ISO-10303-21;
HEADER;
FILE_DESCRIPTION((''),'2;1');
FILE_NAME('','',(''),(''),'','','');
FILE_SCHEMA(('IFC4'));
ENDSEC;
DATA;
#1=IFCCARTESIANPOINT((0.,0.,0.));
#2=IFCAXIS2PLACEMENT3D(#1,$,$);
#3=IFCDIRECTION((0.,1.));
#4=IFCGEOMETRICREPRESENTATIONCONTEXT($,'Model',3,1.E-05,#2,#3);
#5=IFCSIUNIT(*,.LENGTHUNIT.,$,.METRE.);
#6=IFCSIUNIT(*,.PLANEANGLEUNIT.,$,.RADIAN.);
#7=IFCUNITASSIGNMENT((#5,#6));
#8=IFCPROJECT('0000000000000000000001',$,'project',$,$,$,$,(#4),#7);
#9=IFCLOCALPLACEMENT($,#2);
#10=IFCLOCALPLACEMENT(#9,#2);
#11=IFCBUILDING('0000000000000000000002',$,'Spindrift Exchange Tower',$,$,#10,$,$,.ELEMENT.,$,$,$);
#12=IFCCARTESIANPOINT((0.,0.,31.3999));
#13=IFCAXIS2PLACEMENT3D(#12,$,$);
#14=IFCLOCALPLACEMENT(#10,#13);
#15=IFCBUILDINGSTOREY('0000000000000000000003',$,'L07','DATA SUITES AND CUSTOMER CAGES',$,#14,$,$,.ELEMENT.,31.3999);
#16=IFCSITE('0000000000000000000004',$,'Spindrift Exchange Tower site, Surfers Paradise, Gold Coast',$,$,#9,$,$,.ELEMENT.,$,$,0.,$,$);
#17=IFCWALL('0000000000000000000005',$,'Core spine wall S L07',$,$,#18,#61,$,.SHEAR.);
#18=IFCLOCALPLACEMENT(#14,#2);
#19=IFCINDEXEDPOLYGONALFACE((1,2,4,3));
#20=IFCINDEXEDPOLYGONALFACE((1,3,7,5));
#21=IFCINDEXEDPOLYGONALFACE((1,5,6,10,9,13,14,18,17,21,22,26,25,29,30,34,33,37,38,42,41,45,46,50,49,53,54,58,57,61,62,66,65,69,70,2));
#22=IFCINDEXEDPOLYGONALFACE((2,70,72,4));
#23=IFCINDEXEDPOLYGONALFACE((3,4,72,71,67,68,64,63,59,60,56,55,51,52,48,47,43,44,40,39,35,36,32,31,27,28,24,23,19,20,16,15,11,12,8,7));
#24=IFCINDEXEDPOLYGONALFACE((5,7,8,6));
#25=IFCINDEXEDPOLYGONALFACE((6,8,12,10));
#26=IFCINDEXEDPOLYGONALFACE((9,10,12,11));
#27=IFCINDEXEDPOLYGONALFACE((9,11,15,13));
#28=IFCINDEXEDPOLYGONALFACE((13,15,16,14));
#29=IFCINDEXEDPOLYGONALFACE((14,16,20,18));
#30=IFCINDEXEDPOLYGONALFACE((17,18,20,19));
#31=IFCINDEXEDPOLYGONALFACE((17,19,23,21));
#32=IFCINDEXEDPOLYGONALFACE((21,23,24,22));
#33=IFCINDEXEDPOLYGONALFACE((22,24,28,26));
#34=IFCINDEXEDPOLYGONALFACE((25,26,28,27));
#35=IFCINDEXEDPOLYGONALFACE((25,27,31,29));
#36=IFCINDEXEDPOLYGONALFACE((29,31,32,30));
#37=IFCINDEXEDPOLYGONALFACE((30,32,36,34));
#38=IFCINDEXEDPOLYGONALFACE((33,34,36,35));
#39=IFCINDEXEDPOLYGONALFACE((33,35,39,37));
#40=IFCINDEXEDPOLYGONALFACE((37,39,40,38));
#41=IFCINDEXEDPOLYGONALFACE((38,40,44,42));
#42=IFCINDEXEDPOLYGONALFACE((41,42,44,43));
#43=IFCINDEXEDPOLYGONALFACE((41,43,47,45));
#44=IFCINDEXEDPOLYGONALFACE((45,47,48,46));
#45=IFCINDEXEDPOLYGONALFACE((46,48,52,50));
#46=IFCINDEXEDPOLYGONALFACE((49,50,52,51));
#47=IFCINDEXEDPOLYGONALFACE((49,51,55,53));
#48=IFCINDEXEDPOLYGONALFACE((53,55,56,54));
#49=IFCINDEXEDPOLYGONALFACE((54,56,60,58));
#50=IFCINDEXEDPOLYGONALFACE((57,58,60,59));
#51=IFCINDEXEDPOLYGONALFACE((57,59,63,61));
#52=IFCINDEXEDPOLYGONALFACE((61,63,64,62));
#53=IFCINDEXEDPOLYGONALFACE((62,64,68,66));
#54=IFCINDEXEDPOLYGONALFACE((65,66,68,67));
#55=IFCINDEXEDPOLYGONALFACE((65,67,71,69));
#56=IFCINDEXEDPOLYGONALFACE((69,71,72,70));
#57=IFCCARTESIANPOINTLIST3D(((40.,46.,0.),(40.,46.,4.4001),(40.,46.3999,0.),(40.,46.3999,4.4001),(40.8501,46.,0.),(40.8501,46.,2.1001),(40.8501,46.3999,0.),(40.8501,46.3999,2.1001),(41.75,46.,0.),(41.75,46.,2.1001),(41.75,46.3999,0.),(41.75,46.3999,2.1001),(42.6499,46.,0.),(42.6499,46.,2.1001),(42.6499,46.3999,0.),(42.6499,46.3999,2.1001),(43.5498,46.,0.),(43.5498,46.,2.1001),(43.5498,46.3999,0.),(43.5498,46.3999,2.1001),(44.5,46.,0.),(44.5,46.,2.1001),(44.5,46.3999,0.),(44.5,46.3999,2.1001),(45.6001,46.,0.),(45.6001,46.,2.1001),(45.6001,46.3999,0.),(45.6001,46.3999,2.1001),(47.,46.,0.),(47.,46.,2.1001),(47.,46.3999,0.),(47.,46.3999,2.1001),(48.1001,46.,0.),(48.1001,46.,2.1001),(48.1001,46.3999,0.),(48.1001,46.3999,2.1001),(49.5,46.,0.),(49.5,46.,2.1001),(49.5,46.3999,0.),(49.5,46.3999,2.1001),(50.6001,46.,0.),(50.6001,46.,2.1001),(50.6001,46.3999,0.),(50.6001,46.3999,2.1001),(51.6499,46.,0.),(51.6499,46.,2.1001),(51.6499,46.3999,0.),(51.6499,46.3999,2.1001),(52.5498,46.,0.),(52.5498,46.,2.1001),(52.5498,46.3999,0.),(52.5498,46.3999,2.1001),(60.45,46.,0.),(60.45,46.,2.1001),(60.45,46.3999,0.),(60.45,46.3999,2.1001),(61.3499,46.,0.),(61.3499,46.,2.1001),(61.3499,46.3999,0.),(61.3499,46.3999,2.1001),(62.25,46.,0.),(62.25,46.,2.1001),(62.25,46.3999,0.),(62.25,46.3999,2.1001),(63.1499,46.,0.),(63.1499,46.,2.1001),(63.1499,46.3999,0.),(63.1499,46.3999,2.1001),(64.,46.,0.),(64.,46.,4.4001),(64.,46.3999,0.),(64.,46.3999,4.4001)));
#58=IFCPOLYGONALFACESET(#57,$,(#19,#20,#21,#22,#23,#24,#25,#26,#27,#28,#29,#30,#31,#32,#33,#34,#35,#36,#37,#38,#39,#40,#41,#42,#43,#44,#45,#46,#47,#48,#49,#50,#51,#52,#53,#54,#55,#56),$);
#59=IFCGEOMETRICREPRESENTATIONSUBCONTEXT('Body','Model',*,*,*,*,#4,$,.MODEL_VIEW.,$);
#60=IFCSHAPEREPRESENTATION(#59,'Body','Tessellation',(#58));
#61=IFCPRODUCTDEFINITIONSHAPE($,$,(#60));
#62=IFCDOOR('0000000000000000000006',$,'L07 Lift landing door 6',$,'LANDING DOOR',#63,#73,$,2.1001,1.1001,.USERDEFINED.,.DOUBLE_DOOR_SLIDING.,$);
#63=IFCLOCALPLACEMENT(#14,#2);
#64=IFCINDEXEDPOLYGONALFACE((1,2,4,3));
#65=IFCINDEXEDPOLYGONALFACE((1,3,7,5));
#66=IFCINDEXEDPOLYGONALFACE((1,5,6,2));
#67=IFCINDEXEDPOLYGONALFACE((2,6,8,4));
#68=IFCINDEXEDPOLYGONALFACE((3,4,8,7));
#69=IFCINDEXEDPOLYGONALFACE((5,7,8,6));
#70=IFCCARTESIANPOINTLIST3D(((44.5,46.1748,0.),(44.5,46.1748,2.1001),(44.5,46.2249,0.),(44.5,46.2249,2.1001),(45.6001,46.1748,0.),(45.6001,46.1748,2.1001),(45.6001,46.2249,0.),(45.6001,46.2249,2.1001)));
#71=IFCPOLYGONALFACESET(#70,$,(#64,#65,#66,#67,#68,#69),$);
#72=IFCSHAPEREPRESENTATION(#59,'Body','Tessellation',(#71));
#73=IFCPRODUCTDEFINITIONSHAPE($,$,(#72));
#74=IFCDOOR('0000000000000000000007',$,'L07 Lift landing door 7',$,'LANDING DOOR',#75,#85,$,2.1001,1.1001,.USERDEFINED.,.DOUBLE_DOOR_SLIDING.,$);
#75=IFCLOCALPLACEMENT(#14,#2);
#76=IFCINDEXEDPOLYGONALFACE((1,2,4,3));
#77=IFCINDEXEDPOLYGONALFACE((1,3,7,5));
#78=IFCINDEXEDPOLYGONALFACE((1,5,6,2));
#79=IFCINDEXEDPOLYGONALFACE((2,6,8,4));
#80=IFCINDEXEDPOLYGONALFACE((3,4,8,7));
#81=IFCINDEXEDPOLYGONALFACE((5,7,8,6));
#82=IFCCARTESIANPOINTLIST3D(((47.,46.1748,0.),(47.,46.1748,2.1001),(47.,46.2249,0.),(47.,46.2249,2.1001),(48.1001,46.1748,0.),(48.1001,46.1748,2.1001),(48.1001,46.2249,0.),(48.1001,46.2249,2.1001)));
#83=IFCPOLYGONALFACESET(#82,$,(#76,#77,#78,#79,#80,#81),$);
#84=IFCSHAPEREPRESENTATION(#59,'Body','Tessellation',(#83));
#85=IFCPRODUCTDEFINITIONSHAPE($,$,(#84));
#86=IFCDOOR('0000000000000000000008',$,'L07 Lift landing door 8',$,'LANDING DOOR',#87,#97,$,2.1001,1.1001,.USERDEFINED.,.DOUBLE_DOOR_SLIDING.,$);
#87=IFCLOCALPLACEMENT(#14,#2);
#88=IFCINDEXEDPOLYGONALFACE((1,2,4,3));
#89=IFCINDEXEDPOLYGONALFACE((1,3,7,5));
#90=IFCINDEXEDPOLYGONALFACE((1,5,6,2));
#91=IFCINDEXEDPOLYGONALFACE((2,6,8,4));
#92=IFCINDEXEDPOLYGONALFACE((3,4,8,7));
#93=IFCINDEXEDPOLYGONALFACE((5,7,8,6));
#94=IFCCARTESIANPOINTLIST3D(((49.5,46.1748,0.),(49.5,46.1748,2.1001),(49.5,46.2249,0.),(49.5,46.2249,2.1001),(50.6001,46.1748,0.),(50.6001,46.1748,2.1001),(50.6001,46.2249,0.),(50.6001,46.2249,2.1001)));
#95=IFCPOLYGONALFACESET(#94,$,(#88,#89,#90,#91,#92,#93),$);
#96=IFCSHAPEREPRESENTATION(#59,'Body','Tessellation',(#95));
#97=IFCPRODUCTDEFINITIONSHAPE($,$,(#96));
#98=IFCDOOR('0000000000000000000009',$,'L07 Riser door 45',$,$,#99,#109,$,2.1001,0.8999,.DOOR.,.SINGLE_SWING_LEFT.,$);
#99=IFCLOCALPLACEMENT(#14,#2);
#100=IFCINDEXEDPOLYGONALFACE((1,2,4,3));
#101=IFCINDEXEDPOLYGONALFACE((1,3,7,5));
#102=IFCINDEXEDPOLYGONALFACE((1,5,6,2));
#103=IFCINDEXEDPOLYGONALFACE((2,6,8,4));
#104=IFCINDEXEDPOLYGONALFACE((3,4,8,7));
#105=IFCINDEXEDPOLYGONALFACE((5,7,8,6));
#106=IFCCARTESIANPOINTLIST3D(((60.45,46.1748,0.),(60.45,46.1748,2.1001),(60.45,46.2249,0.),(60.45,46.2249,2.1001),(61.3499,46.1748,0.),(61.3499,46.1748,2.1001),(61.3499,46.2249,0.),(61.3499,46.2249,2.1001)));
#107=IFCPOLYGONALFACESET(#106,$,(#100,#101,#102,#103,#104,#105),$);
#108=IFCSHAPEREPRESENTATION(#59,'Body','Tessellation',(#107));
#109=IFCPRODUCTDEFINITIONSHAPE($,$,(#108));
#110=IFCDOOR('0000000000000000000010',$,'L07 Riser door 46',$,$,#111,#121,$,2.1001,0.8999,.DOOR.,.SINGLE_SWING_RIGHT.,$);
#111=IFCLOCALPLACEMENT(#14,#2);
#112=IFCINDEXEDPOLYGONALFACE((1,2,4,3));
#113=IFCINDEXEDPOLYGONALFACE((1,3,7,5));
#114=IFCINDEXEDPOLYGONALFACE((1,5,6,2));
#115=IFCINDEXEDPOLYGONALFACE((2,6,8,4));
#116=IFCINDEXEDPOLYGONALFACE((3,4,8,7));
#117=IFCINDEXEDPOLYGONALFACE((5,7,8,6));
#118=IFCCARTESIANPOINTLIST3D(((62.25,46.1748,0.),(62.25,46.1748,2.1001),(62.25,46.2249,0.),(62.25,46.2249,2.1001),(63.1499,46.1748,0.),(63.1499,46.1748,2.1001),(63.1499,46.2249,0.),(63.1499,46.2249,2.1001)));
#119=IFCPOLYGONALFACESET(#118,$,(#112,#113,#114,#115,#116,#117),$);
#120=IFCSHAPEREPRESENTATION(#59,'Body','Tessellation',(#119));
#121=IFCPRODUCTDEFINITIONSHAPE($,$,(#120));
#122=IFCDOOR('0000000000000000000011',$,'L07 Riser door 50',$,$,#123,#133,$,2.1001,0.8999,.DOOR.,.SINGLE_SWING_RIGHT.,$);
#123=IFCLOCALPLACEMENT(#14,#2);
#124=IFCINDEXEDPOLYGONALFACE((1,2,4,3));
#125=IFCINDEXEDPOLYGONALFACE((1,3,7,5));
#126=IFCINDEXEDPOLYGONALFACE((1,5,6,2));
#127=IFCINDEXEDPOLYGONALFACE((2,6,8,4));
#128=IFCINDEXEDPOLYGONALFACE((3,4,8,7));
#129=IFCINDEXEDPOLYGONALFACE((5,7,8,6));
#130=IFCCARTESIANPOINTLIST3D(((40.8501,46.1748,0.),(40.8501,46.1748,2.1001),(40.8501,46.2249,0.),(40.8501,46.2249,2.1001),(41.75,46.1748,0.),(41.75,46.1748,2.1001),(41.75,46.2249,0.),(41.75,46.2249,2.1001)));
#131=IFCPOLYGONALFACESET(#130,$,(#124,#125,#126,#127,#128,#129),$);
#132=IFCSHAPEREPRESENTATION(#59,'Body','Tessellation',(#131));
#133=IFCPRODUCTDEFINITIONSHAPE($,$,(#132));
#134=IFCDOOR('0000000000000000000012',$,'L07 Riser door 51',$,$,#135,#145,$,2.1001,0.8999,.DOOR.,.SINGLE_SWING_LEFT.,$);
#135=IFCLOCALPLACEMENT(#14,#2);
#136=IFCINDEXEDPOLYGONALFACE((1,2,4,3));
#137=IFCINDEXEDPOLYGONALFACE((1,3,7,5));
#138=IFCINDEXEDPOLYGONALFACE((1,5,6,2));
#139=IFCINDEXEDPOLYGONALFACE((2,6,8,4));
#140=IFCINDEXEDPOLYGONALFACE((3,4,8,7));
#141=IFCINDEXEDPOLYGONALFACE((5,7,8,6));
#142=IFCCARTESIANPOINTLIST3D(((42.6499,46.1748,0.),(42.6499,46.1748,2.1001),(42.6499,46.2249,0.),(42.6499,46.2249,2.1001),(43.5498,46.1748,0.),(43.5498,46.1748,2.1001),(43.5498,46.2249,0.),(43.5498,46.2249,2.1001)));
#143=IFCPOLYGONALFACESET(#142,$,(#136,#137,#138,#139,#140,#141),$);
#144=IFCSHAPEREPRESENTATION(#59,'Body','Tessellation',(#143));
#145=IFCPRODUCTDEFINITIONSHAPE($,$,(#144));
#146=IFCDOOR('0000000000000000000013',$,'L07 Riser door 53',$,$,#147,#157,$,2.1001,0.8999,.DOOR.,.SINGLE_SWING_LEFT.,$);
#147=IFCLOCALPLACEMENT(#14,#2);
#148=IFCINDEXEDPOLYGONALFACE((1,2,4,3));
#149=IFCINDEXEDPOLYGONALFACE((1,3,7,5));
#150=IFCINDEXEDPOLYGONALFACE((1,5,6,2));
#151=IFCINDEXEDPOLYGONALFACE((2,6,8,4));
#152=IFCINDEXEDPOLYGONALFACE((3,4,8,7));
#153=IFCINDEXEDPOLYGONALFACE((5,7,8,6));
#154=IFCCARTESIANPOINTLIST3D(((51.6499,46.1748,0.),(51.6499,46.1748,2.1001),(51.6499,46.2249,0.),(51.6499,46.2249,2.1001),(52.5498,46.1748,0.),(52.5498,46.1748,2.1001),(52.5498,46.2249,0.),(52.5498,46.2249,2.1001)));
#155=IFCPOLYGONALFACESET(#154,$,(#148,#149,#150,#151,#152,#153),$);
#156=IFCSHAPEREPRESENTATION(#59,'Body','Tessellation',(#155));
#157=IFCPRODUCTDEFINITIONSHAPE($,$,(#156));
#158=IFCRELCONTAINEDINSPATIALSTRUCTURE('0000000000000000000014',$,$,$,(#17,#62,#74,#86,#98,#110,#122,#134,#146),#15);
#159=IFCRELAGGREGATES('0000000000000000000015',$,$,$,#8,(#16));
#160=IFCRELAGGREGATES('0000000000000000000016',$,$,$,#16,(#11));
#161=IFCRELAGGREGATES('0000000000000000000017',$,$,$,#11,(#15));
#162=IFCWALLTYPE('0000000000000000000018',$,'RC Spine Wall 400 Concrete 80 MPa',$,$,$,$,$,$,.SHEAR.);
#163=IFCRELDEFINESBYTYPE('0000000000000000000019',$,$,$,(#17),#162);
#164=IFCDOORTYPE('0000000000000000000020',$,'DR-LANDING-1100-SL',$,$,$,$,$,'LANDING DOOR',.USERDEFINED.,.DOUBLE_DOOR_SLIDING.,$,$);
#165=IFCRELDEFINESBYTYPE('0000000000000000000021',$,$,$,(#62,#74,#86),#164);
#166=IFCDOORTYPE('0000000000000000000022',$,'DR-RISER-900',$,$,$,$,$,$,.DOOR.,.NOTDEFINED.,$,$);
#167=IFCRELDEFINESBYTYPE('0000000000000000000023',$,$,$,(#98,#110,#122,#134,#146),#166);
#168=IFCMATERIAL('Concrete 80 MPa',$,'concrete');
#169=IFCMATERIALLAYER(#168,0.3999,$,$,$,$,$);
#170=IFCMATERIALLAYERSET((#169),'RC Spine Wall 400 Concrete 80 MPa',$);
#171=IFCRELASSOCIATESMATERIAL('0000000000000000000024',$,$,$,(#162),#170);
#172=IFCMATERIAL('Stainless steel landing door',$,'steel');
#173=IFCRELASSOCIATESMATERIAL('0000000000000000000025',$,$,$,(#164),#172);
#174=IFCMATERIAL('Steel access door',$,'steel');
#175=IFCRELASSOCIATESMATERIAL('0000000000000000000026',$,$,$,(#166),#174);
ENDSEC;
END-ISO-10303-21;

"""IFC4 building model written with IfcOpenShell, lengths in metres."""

from ifc_helpers import new_model, si_unit, direction, frame, frame_2d, origin, place, context, subcontext, project, spatial, rectangle, extrude, source, transform, mapped, material, layer, layer_set, type_object, element, fill, save


model = new_model("IFC4")

# Units and contexts
model_context = context("Model", 3, precision=1e-05, world=origin(), true_north=direction((0.0, 1.0)))
body_context = subcontext(model_context, "Body", "Model", "MODEL_VIEW")
ifc_project = project(units=[si_unit("LENGTHUNIT", "METRE"), si_unit("PLANEANGLEUNIT", "RADIAN")], contexts=[model_context])

# Site, building, storey
site_placement = place(None, origin())
site = spatial("IfcSite", under=ifc_project, at=site_placement, Name="Spindrift Exchange Tower site, Surfers Paradise, Gold Coast", CompositionType="ELEMENT", RefElevation=0.0)
building_placement = place(site_placement, origin())
building = spatial("IfcBuilding", under=site, at=building_placement, Name="Spindrift Exchange Tower", CompositionType="ELEMENT")
storey_placement = place(building_placement, frame((0.0, 0.0, 31.3999)))
storey = spatial("IfcBuildingStorey", under=building, at=storey_placement, Name="L07", Description="DATA SUITES AND CUSTOMER CAGES", CompositionType="ELEMENT", Elevation=31.3999)

# Wall, openings, doors
ifc_material_1 = material(Name="Concrete 80 MPa", Category="concrete")
ifc_layer_1 = layer(ifc_material_1, 0.3999)
ifc_layer_set_1 = layer_set([ifc_layer_1], Name="RC Spine Wall 400 Concrete 80 MPa")
wall_type_1 = type_object("IfcWallType", Name="RC Spine Wall 400 Concrete 80 MPa", PredefinedType="SHEAR", material=ifc_layer_set_1)
wall_1_placement = place(storey_placement, frame((40.0, 46.2, 0.0), z_axis=(0.0, 0.0, 1.0), x_axis=(1.0, 0.0, 0.0)))
wall_1 = element("IfcWall", 1, at=wall_1_placement, inside=storey, type_object=wall_type_1, Name="Core spine wall S L07", PredefinedType="SHEAR", context=body_context, shape_type="SweptSolid", body=[
    extrude(rectangle(XDim=24.0, YDim=0.3999, at=frame_2d((12.0, 0.0))), origin(), (0.0, 0.0, 1.0), 4.4001),
])
opening_1_placement = place(wall_1_placement, frame((4.5, 0.0, 0.0)))
opening_1 = element("IfcOpeningElement", 2, at=opening_1_placement, cuts=wall_1, PredefinedType="OPENING", context=body_context, shape_type="SweptSolid", body=[
    extrude(rectangle(XDim=1.1001, YDim=2.1001, at=frame_2d((0.55, 1.05))), frame((0.0, 0.21, 0.0), z_axis=(0.0, -1.0, 0.0), x_axis=(1.0, 0.0, 0.0)), (0.0, 0.0, 1.0), 0.4199),
])
opening_2_placement = place(wall_1_placement, frame((7.0, 0.0, 0.0)))
opening_2 = element("IfcOpeningElement", 3, at=opening_2_placement, cuts=wall_1, PredefinedType="OPENING", context=body_context, shape_type="SweptSolid", body=[
    extrude(rectangle(XDim=1.1001, YDim=2.1001, at=frame_2d((0.55, 1.05))), frame((0.0, 0.21, 0.0), z_axis=(0.0, -1.0, 0.0), x_axis=(1.0, 0.0, 0.0)), (0.0, 0.0, 1.0), 0.4199),
])
opening_3_placement = place(wall_1_placement, frame((9.5, 0.0, 0.0)))
opening_3 = element("IfcOpeningElement", 4, at=opening_3_placement, cuts=wall_1, PredefinedType="OPENING", context=body_context, shape_type="SweptSolid", body=[
    extrude(rectangle(XDim=1.1001, YDim=2.1001, at=frame_2d((0.55, 1.05))), frame((0.0, 0.21, 0.0), z_axis=(0.0, -1.0, 0.0), x_axis=(1.0, 0.0, 0.0)), (0.0, 0.0, 1.0), 0.4199),
])
opening_4_placement = place(wall_1_placement, frame((20.45, 0.0, 0.0)))
opening_4 = element("IfcOpeningElement", 5, at=opening_4_placement, cuts=wall_1, PredefinedType="OPENING", context=body_context, shape_type="SweptSolid", body=[
    extrude(rectangle(XDim=0.8999, YDim=2.1001, at=frame_2d((0.45, 1.05))), frame((0.0, 0.21, 0.0), z_axis=(0.0, -1.0, 0.0), x_axis=(1.0, 0.0, 0.0)), (0.0, 0.0, 1.0), 0.4199),
])
opening_5_placement = place(wall_1_placement, frame((22.25, 0.0, 0.0)))
opening_5 = element("IfcOpeningElement", 6, at=opening_5_placement, cuts=wall_1, PredefinedType="OPENING", context=body_context, shape_type="SweptSolid", body=[
    extrude(rectangle(XDim=0.8999, YDim=2.1001, at=frame_2d((0.45, 1.05))), frame((0.0, 0.21, 0.0), z_axis=(0.0, -1.0, 0.0), x_axis=(1.0, 0.0, 0.0)), (0.0, 0.0, 1.0), 0.4199),
])
opening_6_placement = place(wall_1_placement, frame((0.8501, 0.0, 0.0)))
opening_6 = element("IfcOpeningElement", 7, at=opening_6_placement, cuts=wall_1, PredefinedType="OPENING", context=body_context, shape_type="SweptSolid", body=[
    extrude(rectangle(XDim=0.8999, YDim=2.1001, at=frame_2d((0.45, 1.05))), frame((0.0, 0.21, 0.0), z_axis=(0.0, -1.0, 0.0), x_axis=(1.0, 0.0, 0.0)), (0.0, 0.0, 1.0), 0.4199),
])
opening_7_placement = place(wall_1_placement, frame((2.6499, 0.0, 0.0)))
opening_7 = element("IfcOpeningElement", 8, at=opening_7_placement, cuts=wall_1, PredefinedType="OPENING", context=body_context, shape_type="SweptSolid", body=[
    extrude(rectangle(XDim=0.8999, YDim=2.1001, at=frame_2d((0.45, 1.05))), frame((0.0, 0.21, 0.0), z_axis=(0.0, -1.0, 0.0), x_axis=(1.0, 0.0, 0.0)), (0.0, 0.0, 1.0), 0.4199),
])
opening_8_placement = place(wall_1_placement, frame((11.6499, 0.0, 0.0)))
opening_8 = element("IfcOpeningElement", 9, at=opening_8_placement, cuts=wall_1, PredefinedType="OPENING", context=body_context, shape_type="SweptSolid", body=[
    extrude(rectangle(XDim=0.8999, YDim=2.1001, at=frame_2d((0.45, 1.05))), frame((0.0, 0.21, 0.0), z_axis=(0.0, -1.0, 0.0), x_axis=(1.0, 0.0, 0.0)), (0.0, 0.0, 1.0), 0.4199),
])
ifc_material_2 = material(Name="Stainless steel landing door", Category="steel")
door_type_1 = type_object("IfcDoorType", Name="DR-LANDING-1100-SL", ElementType="LANDING DOOR", OperationType="DOUBLE_DOOR_SLIDING", PredefinedType="USERDEFINED", material=ifc_material_2)
shared_shape_1 = source(origin(), body_context, "Body", "SweptSolid", [
    extrude(rectangle(XDim=1.1001, YDim=2.1001, at=frame_2d((0.55, 1.05))), frame((0.0, 0.0249, 0.0), z_axis=(0.0, -1.0, 0.0), x_axis=(1.0, 0.0, 0.0)), (0.0, 0.0, 1.0), 0.05),
])
door_1_placement = place(opening_1_placement, origin())
door_1 = element("IfcDoor", 10, at=door_1_placement, inside=storey, type_object=door_type_1, Name="L07 Lift landing door 6", ObjectType="LANDING DOOR", OperationType="DOUBLE_DOOR_SLIDING", OverallHeight=2.1001, OverallWidth=1.1001, PredefinedType="USERDEFINED", context=body_context, shape_type="MappedRepresentation", body=[
    mapped(shared_shape_1, transform((0.0, 0.0, 0.0), scale=1.0)),
])
fill(opening_1, door_1)
door_2_placement = place(opening_2_placement, origin())
door_2 = element("IfcDoor", 11, at=door_2_placement, inside=storey, type_object=door_type_1, Name="L07 Lift landing door 7", ObjectType="LANDING DOOR", OperationType="DOUBLE_DOOR_SLIDING", OverallHeight=2.1001, OverallWidth=1.1001, PredefinedType="USERDEFINED", context=body_context, shape_type="MappedRepresentation", body=[
    mapped(shared_shape_1, transform((0.0, 0.0, 0.0), scale=1.0)),
])
fill(opening_2, door_2)
door_3_placement = place(opening_3_placement, origin())
door_3 = element("IfcDoor", 12, at=door_3_placement, inside=storey, type_object=door_type_1, Name="L07 Lift landing door 8", ObjectType="LANDING DOOR", OperationType="DOUBLE_DOOR_SLIDING", OverallHeight=2.1001, OverallWidth=1.1001, PredefinedType="USERDEFINED", context=body_context, shape_type="MappedRepresentation", body=[
    mapped(shared_shape_1, transform((0.0, 0.0, 0.0), scale=1.0)),
])
fill(opening_3, door_3)
ifc_material_3 = material(Name="Steel access door", Category="steel")
door_type_2 = type_object("IfcDoorType", Name="DR-RISER-900", OperationType="NOTDEFINED", PredefinedType="DOOR", material=ifc_material_3)
shared_shape_2 = source(origin(), body_context, "Body", "SweptSolid", [
    extrude(rectangle(XDim=0.8999, YDim=2.1001, at=frame_2d((0.45, 1.05))), frame((0.0, 0.0249, 0.0), z_axis=(0.0, -1.0, 0.0), x_axis=(1.0, 0.0, 0.0)), (0.0, 0.0, 1.0), 0.05),
])
door_4_placement = place(opening_4_placement, origin())
door_4 = element("IfcDoor", 13, at=door_4_placement, inside=storey, type_object=door_type_2, Name="L07 Riser door 45", OperationType="SINGLE_SWING_LEFT", OverallHeight=2.1001, OverallWidth=0.8999, PredefinedType="DOOR", context=body_context, shape_type="MappedRepresentation", body=[
    mapped(shared_shape_2, transform((0.0, 0.0, 0.0), scale=1.0)),
])
fill(opening_4, door_4)
door_5_placement = place(opening_5_placement, origin())
door_5 = element("IfcDoor", 14, at=door_5_placement, inside=storey, type_object=door_type_2, Name="L07 Riser door 46", OperationType="SINGLE_SWING_RIGHT", OverallHeight=2.1001, OverallWidth=0.8999, PredefinedType="DOOR", context=body_context, shape_type="MappedRepresentation", body=[
    mapped(shared_shape_2, transform((0.0, 0.0, 0.0), scale=1.0)),
])
fill(opening_5, door_5)
door_6_placement = place(opening_6_placement, origin())
door_6 = element("IfcDoor", 15, at=door_6_placement, inside=storey, type_object=door_type_2, Name="L07 Riser door 50", OperationType="SINGLE_SWING_RIGHT", OverallHeight=2.1001, OverallWidth=0.8999, PredefinedType="DOOR", context=body_context, shape_type="MappedRepresentation", body=[
    mapped(shared_shape_2, transform((0.0, 0.0, 0.0), scale=1.0)),
])
fill(opening_6, door_6)
door_7_placement = place(opening_7_placement, origin())
door_7 = element("IfcDoor", 16, at=door_7_placement, inside=storey, type_object=door_type_2, Name="L07 Riser door 51", OperationType="SINGLE_SWING_LEFT", OverallHeight=2.1001, OverallWidth=0.8999, PredefinedType="DOOR", context=body_context, shape_type="MappedRepresentation", body=[
    mapped(shared_shape_2, transform((0.0, 0.0, 0.0), scale=1.0)),
])
fill(opening_7, door_7)
door_8_placement = place(opening_8_placement, origin())
door_8 = element("IfcDoor", 17, at=door_8_placement, inside=storey, type_object=door_type_2, Name="L07 Riser door 53", OperationType="SINGLE_SWING_LEFT", OverallHeight=2.1001, OverallWidth=0.8999, PredefinedType="DOOR", context=body_context, shape_type="MappedRepresentation", body=[
    mapped(shared_shape_2, transform((0.0, 0.0, 0.0), scale=1.0)),
])
fill(opening_8, door_8)

save(model, "model.ifc")
